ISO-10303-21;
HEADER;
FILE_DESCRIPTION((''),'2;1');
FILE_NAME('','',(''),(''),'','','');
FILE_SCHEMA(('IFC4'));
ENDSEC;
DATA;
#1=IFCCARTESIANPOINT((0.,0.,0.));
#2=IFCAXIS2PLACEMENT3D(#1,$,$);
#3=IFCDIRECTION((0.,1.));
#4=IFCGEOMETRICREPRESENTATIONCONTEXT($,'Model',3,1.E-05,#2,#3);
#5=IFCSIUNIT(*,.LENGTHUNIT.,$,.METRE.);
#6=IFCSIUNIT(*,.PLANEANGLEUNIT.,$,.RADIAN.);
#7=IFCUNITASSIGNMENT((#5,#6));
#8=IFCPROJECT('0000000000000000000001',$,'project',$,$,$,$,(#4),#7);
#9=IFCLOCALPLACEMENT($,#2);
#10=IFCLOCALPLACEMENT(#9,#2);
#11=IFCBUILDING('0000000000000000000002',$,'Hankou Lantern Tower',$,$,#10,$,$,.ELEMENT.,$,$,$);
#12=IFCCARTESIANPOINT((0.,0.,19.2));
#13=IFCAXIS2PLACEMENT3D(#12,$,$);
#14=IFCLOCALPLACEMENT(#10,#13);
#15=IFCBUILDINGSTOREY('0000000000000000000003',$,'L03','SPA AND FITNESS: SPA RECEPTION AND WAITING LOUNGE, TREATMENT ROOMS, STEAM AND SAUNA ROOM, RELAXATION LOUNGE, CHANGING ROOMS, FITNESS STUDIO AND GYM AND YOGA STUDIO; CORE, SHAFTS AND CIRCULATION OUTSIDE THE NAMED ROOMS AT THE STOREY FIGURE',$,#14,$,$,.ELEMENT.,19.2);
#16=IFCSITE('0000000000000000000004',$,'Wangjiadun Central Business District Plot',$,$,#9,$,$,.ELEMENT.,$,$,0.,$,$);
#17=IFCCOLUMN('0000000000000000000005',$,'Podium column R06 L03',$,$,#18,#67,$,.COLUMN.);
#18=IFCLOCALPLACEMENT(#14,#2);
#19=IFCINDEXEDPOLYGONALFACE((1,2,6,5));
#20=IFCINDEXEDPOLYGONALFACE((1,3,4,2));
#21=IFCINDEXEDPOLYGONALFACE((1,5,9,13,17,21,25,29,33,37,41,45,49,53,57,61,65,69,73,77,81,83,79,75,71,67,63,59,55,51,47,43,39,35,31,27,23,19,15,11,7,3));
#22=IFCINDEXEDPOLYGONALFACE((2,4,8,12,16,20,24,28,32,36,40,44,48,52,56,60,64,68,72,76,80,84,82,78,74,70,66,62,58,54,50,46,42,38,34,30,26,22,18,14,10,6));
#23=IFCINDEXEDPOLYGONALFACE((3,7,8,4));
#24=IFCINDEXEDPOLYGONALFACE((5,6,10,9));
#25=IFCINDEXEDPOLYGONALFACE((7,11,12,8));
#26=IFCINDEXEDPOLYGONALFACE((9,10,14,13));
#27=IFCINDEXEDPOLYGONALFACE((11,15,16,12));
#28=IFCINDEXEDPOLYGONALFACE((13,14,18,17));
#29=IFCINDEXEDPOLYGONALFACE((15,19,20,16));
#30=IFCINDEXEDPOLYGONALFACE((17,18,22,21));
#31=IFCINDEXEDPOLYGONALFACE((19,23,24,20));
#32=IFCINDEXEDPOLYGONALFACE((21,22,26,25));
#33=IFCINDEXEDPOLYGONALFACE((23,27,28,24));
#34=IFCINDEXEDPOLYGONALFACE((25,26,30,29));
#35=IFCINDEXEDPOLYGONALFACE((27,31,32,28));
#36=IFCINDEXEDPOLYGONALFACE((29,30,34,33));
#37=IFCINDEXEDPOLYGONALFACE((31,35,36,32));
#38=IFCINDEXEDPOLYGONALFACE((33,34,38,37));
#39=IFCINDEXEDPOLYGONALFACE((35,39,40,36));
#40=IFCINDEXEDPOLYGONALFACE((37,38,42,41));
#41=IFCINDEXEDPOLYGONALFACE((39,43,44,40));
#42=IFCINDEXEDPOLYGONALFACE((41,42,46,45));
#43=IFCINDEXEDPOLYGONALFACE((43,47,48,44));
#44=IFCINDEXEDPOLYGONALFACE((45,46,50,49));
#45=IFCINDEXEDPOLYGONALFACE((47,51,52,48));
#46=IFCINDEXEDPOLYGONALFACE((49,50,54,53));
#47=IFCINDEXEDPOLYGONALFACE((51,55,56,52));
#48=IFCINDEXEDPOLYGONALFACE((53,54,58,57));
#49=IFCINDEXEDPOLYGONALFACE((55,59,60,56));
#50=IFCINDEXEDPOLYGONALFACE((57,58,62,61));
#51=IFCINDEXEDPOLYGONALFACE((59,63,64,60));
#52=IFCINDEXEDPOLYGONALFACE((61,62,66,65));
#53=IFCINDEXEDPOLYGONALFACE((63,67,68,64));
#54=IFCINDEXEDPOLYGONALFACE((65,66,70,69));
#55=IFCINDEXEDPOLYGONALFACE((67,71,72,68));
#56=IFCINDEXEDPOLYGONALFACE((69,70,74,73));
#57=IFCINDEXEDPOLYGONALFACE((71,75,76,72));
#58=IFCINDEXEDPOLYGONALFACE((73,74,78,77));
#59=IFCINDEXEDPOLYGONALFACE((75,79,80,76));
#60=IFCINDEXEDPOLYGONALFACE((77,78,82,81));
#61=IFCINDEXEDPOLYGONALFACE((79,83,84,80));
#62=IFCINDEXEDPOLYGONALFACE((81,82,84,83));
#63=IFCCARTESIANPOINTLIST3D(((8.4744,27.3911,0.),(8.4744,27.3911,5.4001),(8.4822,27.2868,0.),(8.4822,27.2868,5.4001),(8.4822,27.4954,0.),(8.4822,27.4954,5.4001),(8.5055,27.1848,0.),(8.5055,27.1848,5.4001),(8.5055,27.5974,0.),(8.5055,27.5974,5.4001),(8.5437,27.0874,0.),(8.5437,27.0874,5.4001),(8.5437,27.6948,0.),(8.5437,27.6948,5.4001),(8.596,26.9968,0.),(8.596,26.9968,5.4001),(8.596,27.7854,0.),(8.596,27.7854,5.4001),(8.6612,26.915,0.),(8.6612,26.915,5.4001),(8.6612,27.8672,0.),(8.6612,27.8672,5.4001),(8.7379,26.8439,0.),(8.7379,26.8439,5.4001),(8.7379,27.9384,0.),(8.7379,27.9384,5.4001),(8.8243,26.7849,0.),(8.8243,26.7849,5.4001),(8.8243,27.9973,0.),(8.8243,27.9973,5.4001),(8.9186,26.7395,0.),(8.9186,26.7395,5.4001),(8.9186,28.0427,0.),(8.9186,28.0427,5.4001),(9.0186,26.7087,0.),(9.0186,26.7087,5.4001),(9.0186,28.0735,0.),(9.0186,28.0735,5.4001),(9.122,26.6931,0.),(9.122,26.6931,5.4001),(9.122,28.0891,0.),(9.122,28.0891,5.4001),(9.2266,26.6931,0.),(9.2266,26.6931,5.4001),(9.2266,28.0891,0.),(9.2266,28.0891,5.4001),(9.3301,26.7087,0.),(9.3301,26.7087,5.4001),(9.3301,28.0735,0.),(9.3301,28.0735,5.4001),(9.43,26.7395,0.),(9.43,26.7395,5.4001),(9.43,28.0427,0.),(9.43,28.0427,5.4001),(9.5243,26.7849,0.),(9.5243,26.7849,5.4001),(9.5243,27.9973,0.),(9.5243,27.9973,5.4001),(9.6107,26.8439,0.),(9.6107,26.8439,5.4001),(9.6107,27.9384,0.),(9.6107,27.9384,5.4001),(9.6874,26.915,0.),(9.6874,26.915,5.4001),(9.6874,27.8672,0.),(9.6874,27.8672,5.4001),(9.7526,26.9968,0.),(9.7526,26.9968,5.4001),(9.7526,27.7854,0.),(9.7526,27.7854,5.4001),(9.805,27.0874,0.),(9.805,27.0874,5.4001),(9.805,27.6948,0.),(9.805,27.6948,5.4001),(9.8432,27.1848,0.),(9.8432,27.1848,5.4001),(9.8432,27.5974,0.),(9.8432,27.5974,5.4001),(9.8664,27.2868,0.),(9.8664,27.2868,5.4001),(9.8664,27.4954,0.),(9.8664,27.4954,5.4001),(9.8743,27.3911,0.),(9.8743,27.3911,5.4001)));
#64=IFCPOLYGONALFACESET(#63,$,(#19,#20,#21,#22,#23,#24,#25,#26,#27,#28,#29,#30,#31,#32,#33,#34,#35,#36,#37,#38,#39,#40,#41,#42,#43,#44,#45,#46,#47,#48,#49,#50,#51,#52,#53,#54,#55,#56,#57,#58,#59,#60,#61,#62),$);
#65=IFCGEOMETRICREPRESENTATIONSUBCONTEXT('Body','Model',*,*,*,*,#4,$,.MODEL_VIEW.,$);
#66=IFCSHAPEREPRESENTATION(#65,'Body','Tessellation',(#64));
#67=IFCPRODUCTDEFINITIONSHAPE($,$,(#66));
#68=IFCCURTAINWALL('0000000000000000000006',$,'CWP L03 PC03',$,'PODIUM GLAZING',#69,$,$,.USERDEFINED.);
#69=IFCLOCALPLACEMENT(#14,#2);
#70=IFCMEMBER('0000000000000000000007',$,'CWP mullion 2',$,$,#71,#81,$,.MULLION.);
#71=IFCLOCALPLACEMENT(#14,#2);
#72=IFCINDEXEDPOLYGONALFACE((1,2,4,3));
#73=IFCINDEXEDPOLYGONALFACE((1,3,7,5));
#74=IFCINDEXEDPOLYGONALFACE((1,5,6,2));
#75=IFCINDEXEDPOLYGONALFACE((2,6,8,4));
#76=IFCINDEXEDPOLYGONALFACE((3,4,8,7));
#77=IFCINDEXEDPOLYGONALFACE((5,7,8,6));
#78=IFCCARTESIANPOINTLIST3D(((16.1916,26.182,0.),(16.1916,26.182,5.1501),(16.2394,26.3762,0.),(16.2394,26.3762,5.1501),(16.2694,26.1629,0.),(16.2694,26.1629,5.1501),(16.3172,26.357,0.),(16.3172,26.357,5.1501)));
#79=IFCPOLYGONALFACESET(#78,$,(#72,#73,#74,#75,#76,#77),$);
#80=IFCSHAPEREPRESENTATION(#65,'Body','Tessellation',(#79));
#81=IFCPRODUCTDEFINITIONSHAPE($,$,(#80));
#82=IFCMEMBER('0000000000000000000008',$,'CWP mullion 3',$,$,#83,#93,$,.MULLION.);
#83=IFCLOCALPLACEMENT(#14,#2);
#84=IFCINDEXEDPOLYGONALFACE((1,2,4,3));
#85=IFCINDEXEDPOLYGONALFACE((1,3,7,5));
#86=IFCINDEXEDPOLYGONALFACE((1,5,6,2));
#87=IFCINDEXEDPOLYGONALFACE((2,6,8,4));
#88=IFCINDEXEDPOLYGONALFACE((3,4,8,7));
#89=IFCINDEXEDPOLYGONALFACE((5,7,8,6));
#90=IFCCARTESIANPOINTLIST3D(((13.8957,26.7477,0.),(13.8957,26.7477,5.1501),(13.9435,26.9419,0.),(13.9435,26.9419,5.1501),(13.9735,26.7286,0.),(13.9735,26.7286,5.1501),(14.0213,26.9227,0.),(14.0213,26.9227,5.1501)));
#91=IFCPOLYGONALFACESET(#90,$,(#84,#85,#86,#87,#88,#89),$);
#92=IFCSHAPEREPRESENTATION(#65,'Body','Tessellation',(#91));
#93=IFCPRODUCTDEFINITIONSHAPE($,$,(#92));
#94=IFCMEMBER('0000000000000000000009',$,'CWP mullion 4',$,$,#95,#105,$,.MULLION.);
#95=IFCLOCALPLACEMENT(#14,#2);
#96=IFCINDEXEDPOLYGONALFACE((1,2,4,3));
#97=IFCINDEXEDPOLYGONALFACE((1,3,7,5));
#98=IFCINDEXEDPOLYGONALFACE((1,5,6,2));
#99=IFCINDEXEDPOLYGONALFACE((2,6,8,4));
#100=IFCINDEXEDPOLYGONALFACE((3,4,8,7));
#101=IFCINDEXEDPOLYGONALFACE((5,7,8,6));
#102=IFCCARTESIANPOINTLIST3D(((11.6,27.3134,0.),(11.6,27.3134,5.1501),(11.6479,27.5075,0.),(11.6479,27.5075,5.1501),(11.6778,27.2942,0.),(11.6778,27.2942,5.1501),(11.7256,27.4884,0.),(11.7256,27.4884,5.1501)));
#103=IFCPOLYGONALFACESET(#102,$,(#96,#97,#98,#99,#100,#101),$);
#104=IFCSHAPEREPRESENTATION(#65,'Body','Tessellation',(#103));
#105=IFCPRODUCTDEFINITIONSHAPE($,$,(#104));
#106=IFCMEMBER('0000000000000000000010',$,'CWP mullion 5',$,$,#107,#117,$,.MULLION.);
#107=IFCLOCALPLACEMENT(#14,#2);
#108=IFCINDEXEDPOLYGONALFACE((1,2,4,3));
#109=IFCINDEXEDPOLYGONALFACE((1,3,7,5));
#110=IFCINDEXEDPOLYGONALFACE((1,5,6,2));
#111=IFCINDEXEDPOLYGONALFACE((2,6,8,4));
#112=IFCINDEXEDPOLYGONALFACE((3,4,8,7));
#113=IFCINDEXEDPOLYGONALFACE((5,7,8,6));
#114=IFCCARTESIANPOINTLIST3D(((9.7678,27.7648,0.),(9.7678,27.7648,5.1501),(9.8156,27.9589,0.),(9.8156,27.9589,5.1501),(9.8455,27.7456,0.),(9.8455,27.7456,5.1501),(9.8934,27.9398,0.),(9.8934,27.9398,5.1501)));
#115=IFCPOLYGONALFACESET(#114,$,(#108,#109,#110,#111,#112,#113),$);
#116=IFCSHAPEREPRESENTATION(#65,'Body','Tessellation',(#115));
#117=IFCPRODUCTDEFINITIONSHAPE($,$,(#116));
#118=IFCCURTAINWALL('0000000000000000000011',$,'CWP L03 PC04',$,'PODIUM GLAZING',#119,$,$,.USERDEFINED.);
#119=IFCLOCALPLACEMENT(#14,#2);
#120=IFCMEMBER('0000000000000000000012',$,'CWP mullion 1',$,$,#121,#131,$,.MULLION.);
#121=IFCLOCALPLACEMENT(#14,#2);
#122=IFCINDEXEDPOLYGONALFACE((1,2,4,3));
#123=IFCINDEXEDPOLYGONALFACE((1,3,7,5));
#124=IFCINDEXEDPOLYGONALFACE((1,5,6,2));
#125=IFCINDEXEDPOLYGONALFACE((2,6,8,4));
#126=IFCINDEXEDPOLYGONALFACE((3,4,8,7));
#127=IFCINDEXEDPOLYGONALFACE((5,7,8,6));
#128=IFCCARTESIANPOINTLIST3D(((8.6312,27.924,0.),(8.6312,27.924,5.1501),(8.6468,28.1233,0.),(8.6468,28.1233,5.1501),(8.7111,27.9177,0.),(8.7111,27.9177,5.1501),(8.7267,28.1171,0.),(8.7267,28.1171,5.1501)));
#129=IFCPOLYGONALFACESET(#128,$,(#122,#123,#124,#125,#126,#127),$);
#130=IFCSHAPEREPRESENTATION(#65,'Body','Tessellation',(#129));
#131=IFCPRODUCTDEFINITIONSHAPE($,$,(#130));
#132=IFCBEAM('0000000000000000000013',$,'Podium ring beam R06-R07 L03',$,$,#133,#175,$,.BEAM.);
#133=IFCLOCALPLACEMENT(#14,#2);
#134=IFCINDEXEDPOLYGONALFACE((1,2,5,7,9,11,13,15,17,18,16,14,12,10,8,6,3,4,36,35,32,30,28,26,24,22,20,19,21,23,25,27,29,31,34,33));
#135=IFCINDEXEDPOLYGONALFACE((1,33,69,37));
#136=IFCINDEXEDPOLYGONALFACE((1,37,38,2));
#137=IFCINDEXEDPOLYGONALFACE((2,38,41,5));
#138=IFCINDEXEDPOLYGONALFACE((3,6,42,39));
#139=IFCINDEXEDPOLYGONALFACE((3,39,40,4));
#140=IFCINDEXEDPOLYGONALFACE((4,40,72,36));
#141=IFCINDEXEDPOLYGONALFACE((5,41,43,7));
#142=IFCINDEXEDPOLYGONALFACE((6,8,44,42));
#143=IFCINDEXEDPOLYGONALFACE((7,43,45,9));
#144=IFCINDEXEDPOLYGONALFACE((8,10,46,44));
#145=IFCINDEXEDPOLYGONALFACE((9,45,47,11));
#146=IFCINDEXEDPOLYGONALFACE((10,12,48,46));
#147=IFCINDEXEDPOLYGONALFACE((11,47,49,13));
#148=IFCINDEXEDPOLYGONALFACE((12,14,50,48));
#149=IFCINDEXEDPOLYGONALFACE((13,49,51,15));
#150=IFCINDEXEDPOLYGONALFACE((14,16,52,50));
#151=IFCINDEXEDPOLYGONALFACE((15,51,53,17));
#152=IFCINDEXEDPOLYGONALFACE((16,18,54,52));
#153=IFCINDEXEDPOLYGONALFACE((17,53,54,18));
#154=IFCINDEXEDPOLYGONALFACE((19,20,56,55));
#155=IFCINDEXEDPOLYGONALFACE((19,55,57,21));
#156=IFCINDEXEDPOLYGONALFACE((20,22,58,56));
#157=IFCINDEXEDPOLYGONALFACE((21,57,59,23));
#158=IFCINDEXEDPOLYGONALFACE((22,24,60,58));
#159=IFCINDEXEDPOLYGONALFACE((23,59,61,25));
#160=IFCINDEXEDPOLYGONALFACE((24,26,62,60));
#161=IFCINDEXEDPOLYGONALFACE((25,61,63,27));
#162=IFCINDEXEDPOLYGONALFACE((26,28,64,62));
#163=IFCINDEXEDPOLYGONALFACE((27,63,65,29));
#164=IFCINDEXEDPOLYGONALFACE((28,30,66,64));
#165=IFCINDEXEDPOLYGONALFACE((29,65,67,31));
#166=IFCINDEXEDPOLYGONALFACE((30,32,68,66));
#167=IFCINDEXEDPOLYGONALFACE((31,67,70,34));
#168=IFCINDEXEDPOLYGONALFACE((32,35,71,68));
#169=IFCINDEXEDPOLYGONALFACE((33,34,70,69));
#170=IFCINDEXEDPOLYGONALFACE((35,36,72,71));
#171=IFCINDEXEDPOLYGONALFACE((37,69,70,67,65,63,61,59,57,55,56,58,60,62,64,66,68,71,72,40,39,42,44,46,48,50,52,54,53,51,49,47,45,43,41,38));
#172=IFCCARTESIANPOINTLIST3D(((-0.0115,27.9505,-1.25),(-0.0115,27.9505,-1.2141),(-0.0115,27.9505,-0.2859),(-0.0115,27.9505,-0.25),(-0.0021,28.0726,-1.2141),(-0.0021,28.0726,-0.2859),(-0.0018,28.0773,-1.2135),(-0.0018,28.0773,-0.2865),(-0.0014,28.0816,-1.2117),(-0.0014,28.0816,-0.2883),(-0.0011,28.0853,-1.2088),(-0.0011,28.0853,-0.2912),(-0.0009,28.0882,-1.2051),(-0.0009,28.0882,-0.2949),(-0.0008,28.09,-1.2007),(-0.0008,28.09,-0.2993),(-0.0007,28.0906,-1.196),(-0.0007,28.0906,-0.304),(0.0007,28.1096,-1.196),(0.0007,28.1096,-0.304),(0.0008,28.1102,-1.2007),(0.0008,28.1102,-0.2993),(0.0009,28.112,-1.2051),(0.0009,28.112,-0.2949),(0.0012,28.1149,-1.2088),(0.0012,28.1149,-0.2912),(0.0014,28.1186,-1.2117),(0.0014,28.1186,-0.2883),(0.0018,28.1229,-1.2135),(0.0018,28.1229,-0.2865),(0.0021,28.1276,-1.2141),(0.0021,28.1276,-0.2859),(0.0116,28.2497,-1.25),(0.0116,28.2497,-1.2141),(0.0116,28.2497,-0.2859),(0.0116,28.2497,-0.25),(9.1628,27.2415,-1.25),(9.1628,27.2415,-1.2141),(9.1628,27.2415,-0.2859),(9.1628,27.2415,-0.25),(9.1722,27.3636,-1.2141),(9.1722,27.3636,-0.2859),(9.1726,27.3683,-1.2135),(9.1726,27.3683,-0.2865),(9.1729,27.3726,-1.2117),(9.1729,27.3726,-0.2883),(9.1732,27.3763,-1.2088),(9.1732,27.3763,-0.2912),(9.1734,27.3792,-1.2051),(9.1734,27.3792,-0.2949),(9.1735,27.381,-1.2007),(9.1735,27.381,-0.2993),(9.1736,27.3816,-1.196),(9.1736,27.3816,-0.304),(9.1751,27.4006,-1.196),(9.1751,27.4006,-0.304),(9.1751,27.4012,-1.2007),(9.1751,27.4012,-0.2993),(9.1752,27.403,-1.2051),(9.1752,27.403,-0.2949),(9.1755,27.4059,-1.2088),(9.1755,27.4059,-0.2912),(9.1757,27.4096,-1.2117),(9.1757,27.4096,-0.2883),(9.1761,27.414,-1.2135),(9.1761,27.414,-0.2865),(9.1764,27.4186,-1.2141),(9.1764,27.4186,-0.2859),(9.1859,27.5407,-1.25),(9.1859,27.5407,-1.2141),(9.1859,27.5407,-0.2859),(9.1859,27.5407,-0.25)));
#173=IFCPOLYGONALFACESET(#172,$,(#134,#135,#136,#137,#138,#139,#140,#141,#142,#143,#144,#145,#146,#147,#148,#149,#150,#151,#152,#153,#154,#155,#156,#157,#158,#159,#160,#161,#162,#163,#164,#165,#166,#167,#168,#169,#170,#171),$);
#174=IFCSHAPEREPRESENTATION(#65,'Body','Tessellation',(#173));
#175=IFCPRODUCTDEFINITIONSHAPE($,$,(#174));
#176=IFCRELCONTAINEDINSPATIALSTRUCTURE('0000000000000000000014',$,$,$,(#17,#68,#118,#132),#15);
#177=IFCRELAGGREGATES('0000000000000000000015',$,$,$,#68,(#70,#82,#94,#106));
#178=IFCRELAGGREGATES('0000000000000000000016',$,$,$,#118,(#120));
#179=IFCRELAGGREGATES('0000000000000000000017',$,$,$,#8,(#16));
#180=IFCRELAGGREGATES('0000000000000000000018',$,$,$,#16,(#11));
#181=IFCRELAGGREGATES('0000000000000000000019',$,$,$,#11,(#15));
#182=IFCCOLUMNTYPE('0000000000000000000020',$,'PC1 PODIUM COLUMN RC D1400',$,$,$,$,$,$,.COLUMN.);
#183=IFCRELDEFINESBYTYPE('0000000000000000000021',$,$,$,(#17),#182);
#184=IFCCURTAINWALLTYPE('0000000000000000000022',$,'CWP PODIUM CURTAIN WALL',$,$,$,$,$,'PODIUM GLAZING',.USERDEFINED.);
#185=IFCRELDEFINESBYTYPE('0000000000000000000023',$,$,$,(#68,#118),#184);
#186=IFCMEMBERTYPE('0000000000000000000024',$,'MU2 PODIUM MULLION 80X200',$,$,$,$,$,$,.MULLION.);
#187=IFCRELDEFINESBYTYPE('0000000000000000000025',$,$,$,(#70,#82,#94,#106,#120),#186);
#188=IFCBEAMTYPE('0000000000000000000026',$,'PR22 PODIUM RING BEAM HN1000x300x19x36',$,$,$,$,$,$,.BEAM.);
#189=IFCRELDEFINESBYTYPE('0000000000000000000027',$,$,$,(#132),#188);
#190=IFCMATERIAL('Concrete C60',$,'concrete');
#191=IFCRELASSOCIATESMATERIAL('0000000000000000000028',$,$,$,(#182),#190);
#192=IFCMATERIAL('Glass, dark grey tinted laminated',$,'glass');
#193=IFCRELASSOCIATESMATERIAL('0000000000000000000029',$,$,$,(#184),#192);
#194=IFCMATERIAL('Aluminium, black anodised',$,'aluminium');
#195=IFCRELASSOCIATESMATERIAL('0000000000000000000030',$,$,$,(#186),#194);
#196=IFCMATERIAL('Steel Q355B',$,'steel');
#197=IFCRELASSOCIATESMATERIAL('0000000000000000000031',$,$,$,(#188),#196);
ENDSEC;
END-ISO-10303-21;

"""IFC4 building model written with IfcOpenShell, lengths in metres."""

from ifc_helpers import new_model, si_unit, direction, frame, origin, origin_2d, place, context, subcontext, project, spatial, rectangle, circle, i_section, extrude, material, material_profile, profile_set, type_object, element, aggregate, save


model = new_model("IFC4")

# Units and contexts
model_context = context("Model", 3, precision=1e-05, world=origin(), true_north=direction((0.0, 1.0)))
body_context = subcontext(model_context, "Body", "Model", "MODEL_VIEW")
ifc_project = project(units=[si_unit("LENGTHUNIT", "METRE"), si_unit("PLANEANGLEUNIT", "RADIAN")], contexts=[model_context])

# Site, building, storey
site_placement = place(None, origin())
site = spatial("IfcSite", under=ifc_project, at=site_placement, Name="Wangjiadun Central Business District Plot", CompositionType="ELEMENT", RefElevation=0.0)
building_placement = place(site_placement, origin())
building = spatial("IfcBuilding", under=site, at=building_placement, Name="Hankou Lantern Tower", CompositionType="ELEMENT")
storey_placement = place(building_placement, frame((0.0, 0.0, 19.2)))
storey = spatial("IfcBuildingStorey", under=building, at=storey_placement, Name="L03", Description="SPA AND FITNESS: SPA RECEPTION AND WAITING LOUNGE, TREATMENT ROOMS, STEAM AND SAUNA ROOM, RELAXATION LOUNGE, CHANGING ROOMS, FITNESS STUDIO AND GYM AND YOGA STUDIO; CORE, SHAFTS AND CIRCULATION OUTSIDE THE NAMED ROOMS AT THE STOREY FIGURE", CompositionType="ELEMENT", Elevation=19.2)

# Column
ifc_material_1 = material(Name="Concrete C60", Category="concrete")
ifc_material_profile_1 = material_profile(ifc_material_1, circle(Radius=0.7, at=origin_2d()), Name="RC D1400")
ifc_profile_set_1 = profile_set([ifc_material_profile_1], Name="Concrete C60")
column_type = type_object("IfcColumnType", Name="PC1 PODIUM COLUMN RC D1400", PredefinedType="COLUMN", material=ifc_profile_set_1)
column_placement = place(storey_placement, frame((9.1743, 27.3911, 0.0), z_axis=(0.0, 0.0, 1.0), x_axis=(1.0, 0.0, 0.0)))
element("IfcColumn", 1, at=column_placement, inside=storey, type_object=column_type, Name="Podium column R06 L03", PredefinedType="COLUMN", context=body_context, shape_type="SweptSolid", body=[
    extrude(circle(Radius=0.7, at=origin_2d()), origin(), (0.0, 0.0, 1.0), 5.4001),
])

# Curtain wall, members
ifc_material_2 = material(Name="Glass, dark grey tinted laminated", Category="glass")
curtain_wall_type = type_object("IfcCurtainWallType", Name="CWP PODIUM CURTAIN WALL", ElementType="PODIUM GLAZING", PredefinedType="USERDEFINED", material=ifc_material_2)
curtain_wall_1_placement = place(storey_placement, origin())
curtain_wall_1 = element("IfcCurtainWall", 2, at=curtain_wall_1_placement, inside=storey, type_object=curtain_wall_type, Name="CWP L03 PC03", ObjectType="PODIUM GLAZING", PredefinedType="USERDEFINED")
ifc_material_3 = material(Name="Aluminium, black anodised", Category="aluminium")
ifc_material_profile_2 = material_profile(ifc_material_3, rectangle(XDim=0.0801, YDim=0.2, at=origin_2d()), Name="MU2 80X200")
ifc_profile_set_2 = profile_set([ifc_material_profile_2], Name="Aluminium, black anodised")
member_type_1 = type_object("IfcMemberType", Name="MU2 PODIUM MULLION 80X200", PredefinedType="MULLION", material=ifc_profile_set_2)
member_1_placement = place(storey_placement, frame((16.2544, 26.2695, 0.0), z_axis=(0.0, 0.0, 1.0), x_axis=(-0.970961, 0.239238, 0.0)))
member_1 = element("IfcMember", 3, at=member_1_placement, type_object=member_type_1, Name="CWP mullion 2", PredefinedType="MULLION", context=body_context, shape_type="SweptSolid", body=[
    extrude(rectangle(XDim=0.0801, YDim=0.2, at=origin_2d()), origin(), (0.0, 0.0, 1.0), 5.1501),
])
member_2_placement = place(storey_placement, frame((13.9585, 26.8352, 0.0), z_axis=(0.0, 0.0, 1.0), x_axis=(-0.970961, 0.239238, 0.0)))
member_2 = element("IfcMember", 4, at=member_2_placement, type_object=member_type_1, Name="CWP mullion 3", PredefinedType="MULLION", context=body_context, shape_type="SweptSolid", body=[
    extrude(rectangle(XDim=0.0801, YDim=0.2, at=origin_2d()), origin(), (0.0, 0.0, 1.0), 5.1501),
])
member_3_placement = place(storey_placement, frame((11.6628, 27.4009, 0.0), z_axis=(0.0, 0.0, 1.0), x_axis=(-0.970961, 0.239238, 0.0)))
member_3 = element("IfcMember", 5, at=member_3_placement, type_object=member_type_1, Name="CWP mullion 4", PredefinedType="MULLION", context=body_context, shape_type="SweptSolid", body=[
    extrude(rectangle(XDim=0.0801, YDim=0.2, at=origin_2d()), origin(), (0.0, 0.0, 1.0), 5.1501),
])
member_4_placement = place(storey_placement, frame((9.8306, 27.8523, 0.0), z_axis=(0.0, 0.0, 1.0), x_axis=(-0.970961, 0.239238, 0.0)))
member_4 = element("IfcMember", 6, at=member_4_placement, type_object=member_type_1, Name="CWP mullion 5", PredefinedType="MULLION", context=body_context, shape_type="SweptSolid", body=[
    extrude(rectangle(XDim=0.0801, YDim=0.2, at=origin_2d()), origin(), (0.0, 0.0, 1.0), 5.1501),
])

# Curtain wall, member
curtain_wall_2_placement = place(storey_placement, origin())
curtain_wall_2 = element("IfcCurtainWall", 7, at=curtain_wall_2_placement, inside=storey, type_object=curtain_wall_type, Name="CWP L03 PC04", ObjectType="PODIUM GLAZING", PredefinedType="USERDEFINED")
member_5_placement = place(storey_placement, frame((8.679, 28.0205, 0.0), z_axis=(0.0, 0.0, 1.0), x_axis=(-0.996949, 0.078062, 0.0)))
member_5 = element("IfcMember", 8, at=member_5_placement, type_object=member_type_1, Name="CWP mullion 1", PredefinedType="MULLION", context=body_context, shape_type="SweptSolid", body=[
    extrude(rectangle(XDim=0.0801, YDim=0.2, at=origin_2d()), origin(), (0.0, 0.0, 1.0), 5.1501),
])

# Beam
ifc_material_4 = material(Name="Steel Q355B", Category="steel")
ifc_material_profile_3 = material_profile(ifc_material_4, i_section(OverallWidth=0.3, OverallDepth=1.0, WebThickness=0.019, FlangeThickness=0.0359, FilletRadius=0.0181, at=origin_2d()), Name="HN1000x300x19x36")
ifc_profile_set_3 = profile_set([ifc_material_profile_3], Name="Steel Q355B")
beam_type_1 = type_object("IfcBeamType", Name="PR22 PODIUM RING BEAM HN1000x300x19x36", PredefinedType="BEAM", material=ifc_profile_set_3)
beam_1_placement = place(storey_placement, frame((9.1743, 27.3911, -0.75), z_axis=(-0.997027, 0.07705, 0.0), x_axis=(-0.07705, -0.997027, 0.0)))
element("IfcBeam", 9, at=beam_1_placement, inside=storey, type_object=beam_type_1, Name="Podium ring beam R06-R07 L03", PredefinedType="BEAM", context=body_context, shape_type="SweptSolid", body=[
    extrude(i_section(OverallWidth=0.3, OverallDepth=1.0, WebThickness=0.019, FlangeThickness=0.0359, FilletRadius=0.0181, at=origin_2d()), origin(), (0.0, 0.0, 1.0), 9.2017),
])

aggregate(curtain_wall_1, [member_1, member_2, member_3, member_4])
aggregate(curtain_wall_2, [member_5])

save(model, "model.ifc")
